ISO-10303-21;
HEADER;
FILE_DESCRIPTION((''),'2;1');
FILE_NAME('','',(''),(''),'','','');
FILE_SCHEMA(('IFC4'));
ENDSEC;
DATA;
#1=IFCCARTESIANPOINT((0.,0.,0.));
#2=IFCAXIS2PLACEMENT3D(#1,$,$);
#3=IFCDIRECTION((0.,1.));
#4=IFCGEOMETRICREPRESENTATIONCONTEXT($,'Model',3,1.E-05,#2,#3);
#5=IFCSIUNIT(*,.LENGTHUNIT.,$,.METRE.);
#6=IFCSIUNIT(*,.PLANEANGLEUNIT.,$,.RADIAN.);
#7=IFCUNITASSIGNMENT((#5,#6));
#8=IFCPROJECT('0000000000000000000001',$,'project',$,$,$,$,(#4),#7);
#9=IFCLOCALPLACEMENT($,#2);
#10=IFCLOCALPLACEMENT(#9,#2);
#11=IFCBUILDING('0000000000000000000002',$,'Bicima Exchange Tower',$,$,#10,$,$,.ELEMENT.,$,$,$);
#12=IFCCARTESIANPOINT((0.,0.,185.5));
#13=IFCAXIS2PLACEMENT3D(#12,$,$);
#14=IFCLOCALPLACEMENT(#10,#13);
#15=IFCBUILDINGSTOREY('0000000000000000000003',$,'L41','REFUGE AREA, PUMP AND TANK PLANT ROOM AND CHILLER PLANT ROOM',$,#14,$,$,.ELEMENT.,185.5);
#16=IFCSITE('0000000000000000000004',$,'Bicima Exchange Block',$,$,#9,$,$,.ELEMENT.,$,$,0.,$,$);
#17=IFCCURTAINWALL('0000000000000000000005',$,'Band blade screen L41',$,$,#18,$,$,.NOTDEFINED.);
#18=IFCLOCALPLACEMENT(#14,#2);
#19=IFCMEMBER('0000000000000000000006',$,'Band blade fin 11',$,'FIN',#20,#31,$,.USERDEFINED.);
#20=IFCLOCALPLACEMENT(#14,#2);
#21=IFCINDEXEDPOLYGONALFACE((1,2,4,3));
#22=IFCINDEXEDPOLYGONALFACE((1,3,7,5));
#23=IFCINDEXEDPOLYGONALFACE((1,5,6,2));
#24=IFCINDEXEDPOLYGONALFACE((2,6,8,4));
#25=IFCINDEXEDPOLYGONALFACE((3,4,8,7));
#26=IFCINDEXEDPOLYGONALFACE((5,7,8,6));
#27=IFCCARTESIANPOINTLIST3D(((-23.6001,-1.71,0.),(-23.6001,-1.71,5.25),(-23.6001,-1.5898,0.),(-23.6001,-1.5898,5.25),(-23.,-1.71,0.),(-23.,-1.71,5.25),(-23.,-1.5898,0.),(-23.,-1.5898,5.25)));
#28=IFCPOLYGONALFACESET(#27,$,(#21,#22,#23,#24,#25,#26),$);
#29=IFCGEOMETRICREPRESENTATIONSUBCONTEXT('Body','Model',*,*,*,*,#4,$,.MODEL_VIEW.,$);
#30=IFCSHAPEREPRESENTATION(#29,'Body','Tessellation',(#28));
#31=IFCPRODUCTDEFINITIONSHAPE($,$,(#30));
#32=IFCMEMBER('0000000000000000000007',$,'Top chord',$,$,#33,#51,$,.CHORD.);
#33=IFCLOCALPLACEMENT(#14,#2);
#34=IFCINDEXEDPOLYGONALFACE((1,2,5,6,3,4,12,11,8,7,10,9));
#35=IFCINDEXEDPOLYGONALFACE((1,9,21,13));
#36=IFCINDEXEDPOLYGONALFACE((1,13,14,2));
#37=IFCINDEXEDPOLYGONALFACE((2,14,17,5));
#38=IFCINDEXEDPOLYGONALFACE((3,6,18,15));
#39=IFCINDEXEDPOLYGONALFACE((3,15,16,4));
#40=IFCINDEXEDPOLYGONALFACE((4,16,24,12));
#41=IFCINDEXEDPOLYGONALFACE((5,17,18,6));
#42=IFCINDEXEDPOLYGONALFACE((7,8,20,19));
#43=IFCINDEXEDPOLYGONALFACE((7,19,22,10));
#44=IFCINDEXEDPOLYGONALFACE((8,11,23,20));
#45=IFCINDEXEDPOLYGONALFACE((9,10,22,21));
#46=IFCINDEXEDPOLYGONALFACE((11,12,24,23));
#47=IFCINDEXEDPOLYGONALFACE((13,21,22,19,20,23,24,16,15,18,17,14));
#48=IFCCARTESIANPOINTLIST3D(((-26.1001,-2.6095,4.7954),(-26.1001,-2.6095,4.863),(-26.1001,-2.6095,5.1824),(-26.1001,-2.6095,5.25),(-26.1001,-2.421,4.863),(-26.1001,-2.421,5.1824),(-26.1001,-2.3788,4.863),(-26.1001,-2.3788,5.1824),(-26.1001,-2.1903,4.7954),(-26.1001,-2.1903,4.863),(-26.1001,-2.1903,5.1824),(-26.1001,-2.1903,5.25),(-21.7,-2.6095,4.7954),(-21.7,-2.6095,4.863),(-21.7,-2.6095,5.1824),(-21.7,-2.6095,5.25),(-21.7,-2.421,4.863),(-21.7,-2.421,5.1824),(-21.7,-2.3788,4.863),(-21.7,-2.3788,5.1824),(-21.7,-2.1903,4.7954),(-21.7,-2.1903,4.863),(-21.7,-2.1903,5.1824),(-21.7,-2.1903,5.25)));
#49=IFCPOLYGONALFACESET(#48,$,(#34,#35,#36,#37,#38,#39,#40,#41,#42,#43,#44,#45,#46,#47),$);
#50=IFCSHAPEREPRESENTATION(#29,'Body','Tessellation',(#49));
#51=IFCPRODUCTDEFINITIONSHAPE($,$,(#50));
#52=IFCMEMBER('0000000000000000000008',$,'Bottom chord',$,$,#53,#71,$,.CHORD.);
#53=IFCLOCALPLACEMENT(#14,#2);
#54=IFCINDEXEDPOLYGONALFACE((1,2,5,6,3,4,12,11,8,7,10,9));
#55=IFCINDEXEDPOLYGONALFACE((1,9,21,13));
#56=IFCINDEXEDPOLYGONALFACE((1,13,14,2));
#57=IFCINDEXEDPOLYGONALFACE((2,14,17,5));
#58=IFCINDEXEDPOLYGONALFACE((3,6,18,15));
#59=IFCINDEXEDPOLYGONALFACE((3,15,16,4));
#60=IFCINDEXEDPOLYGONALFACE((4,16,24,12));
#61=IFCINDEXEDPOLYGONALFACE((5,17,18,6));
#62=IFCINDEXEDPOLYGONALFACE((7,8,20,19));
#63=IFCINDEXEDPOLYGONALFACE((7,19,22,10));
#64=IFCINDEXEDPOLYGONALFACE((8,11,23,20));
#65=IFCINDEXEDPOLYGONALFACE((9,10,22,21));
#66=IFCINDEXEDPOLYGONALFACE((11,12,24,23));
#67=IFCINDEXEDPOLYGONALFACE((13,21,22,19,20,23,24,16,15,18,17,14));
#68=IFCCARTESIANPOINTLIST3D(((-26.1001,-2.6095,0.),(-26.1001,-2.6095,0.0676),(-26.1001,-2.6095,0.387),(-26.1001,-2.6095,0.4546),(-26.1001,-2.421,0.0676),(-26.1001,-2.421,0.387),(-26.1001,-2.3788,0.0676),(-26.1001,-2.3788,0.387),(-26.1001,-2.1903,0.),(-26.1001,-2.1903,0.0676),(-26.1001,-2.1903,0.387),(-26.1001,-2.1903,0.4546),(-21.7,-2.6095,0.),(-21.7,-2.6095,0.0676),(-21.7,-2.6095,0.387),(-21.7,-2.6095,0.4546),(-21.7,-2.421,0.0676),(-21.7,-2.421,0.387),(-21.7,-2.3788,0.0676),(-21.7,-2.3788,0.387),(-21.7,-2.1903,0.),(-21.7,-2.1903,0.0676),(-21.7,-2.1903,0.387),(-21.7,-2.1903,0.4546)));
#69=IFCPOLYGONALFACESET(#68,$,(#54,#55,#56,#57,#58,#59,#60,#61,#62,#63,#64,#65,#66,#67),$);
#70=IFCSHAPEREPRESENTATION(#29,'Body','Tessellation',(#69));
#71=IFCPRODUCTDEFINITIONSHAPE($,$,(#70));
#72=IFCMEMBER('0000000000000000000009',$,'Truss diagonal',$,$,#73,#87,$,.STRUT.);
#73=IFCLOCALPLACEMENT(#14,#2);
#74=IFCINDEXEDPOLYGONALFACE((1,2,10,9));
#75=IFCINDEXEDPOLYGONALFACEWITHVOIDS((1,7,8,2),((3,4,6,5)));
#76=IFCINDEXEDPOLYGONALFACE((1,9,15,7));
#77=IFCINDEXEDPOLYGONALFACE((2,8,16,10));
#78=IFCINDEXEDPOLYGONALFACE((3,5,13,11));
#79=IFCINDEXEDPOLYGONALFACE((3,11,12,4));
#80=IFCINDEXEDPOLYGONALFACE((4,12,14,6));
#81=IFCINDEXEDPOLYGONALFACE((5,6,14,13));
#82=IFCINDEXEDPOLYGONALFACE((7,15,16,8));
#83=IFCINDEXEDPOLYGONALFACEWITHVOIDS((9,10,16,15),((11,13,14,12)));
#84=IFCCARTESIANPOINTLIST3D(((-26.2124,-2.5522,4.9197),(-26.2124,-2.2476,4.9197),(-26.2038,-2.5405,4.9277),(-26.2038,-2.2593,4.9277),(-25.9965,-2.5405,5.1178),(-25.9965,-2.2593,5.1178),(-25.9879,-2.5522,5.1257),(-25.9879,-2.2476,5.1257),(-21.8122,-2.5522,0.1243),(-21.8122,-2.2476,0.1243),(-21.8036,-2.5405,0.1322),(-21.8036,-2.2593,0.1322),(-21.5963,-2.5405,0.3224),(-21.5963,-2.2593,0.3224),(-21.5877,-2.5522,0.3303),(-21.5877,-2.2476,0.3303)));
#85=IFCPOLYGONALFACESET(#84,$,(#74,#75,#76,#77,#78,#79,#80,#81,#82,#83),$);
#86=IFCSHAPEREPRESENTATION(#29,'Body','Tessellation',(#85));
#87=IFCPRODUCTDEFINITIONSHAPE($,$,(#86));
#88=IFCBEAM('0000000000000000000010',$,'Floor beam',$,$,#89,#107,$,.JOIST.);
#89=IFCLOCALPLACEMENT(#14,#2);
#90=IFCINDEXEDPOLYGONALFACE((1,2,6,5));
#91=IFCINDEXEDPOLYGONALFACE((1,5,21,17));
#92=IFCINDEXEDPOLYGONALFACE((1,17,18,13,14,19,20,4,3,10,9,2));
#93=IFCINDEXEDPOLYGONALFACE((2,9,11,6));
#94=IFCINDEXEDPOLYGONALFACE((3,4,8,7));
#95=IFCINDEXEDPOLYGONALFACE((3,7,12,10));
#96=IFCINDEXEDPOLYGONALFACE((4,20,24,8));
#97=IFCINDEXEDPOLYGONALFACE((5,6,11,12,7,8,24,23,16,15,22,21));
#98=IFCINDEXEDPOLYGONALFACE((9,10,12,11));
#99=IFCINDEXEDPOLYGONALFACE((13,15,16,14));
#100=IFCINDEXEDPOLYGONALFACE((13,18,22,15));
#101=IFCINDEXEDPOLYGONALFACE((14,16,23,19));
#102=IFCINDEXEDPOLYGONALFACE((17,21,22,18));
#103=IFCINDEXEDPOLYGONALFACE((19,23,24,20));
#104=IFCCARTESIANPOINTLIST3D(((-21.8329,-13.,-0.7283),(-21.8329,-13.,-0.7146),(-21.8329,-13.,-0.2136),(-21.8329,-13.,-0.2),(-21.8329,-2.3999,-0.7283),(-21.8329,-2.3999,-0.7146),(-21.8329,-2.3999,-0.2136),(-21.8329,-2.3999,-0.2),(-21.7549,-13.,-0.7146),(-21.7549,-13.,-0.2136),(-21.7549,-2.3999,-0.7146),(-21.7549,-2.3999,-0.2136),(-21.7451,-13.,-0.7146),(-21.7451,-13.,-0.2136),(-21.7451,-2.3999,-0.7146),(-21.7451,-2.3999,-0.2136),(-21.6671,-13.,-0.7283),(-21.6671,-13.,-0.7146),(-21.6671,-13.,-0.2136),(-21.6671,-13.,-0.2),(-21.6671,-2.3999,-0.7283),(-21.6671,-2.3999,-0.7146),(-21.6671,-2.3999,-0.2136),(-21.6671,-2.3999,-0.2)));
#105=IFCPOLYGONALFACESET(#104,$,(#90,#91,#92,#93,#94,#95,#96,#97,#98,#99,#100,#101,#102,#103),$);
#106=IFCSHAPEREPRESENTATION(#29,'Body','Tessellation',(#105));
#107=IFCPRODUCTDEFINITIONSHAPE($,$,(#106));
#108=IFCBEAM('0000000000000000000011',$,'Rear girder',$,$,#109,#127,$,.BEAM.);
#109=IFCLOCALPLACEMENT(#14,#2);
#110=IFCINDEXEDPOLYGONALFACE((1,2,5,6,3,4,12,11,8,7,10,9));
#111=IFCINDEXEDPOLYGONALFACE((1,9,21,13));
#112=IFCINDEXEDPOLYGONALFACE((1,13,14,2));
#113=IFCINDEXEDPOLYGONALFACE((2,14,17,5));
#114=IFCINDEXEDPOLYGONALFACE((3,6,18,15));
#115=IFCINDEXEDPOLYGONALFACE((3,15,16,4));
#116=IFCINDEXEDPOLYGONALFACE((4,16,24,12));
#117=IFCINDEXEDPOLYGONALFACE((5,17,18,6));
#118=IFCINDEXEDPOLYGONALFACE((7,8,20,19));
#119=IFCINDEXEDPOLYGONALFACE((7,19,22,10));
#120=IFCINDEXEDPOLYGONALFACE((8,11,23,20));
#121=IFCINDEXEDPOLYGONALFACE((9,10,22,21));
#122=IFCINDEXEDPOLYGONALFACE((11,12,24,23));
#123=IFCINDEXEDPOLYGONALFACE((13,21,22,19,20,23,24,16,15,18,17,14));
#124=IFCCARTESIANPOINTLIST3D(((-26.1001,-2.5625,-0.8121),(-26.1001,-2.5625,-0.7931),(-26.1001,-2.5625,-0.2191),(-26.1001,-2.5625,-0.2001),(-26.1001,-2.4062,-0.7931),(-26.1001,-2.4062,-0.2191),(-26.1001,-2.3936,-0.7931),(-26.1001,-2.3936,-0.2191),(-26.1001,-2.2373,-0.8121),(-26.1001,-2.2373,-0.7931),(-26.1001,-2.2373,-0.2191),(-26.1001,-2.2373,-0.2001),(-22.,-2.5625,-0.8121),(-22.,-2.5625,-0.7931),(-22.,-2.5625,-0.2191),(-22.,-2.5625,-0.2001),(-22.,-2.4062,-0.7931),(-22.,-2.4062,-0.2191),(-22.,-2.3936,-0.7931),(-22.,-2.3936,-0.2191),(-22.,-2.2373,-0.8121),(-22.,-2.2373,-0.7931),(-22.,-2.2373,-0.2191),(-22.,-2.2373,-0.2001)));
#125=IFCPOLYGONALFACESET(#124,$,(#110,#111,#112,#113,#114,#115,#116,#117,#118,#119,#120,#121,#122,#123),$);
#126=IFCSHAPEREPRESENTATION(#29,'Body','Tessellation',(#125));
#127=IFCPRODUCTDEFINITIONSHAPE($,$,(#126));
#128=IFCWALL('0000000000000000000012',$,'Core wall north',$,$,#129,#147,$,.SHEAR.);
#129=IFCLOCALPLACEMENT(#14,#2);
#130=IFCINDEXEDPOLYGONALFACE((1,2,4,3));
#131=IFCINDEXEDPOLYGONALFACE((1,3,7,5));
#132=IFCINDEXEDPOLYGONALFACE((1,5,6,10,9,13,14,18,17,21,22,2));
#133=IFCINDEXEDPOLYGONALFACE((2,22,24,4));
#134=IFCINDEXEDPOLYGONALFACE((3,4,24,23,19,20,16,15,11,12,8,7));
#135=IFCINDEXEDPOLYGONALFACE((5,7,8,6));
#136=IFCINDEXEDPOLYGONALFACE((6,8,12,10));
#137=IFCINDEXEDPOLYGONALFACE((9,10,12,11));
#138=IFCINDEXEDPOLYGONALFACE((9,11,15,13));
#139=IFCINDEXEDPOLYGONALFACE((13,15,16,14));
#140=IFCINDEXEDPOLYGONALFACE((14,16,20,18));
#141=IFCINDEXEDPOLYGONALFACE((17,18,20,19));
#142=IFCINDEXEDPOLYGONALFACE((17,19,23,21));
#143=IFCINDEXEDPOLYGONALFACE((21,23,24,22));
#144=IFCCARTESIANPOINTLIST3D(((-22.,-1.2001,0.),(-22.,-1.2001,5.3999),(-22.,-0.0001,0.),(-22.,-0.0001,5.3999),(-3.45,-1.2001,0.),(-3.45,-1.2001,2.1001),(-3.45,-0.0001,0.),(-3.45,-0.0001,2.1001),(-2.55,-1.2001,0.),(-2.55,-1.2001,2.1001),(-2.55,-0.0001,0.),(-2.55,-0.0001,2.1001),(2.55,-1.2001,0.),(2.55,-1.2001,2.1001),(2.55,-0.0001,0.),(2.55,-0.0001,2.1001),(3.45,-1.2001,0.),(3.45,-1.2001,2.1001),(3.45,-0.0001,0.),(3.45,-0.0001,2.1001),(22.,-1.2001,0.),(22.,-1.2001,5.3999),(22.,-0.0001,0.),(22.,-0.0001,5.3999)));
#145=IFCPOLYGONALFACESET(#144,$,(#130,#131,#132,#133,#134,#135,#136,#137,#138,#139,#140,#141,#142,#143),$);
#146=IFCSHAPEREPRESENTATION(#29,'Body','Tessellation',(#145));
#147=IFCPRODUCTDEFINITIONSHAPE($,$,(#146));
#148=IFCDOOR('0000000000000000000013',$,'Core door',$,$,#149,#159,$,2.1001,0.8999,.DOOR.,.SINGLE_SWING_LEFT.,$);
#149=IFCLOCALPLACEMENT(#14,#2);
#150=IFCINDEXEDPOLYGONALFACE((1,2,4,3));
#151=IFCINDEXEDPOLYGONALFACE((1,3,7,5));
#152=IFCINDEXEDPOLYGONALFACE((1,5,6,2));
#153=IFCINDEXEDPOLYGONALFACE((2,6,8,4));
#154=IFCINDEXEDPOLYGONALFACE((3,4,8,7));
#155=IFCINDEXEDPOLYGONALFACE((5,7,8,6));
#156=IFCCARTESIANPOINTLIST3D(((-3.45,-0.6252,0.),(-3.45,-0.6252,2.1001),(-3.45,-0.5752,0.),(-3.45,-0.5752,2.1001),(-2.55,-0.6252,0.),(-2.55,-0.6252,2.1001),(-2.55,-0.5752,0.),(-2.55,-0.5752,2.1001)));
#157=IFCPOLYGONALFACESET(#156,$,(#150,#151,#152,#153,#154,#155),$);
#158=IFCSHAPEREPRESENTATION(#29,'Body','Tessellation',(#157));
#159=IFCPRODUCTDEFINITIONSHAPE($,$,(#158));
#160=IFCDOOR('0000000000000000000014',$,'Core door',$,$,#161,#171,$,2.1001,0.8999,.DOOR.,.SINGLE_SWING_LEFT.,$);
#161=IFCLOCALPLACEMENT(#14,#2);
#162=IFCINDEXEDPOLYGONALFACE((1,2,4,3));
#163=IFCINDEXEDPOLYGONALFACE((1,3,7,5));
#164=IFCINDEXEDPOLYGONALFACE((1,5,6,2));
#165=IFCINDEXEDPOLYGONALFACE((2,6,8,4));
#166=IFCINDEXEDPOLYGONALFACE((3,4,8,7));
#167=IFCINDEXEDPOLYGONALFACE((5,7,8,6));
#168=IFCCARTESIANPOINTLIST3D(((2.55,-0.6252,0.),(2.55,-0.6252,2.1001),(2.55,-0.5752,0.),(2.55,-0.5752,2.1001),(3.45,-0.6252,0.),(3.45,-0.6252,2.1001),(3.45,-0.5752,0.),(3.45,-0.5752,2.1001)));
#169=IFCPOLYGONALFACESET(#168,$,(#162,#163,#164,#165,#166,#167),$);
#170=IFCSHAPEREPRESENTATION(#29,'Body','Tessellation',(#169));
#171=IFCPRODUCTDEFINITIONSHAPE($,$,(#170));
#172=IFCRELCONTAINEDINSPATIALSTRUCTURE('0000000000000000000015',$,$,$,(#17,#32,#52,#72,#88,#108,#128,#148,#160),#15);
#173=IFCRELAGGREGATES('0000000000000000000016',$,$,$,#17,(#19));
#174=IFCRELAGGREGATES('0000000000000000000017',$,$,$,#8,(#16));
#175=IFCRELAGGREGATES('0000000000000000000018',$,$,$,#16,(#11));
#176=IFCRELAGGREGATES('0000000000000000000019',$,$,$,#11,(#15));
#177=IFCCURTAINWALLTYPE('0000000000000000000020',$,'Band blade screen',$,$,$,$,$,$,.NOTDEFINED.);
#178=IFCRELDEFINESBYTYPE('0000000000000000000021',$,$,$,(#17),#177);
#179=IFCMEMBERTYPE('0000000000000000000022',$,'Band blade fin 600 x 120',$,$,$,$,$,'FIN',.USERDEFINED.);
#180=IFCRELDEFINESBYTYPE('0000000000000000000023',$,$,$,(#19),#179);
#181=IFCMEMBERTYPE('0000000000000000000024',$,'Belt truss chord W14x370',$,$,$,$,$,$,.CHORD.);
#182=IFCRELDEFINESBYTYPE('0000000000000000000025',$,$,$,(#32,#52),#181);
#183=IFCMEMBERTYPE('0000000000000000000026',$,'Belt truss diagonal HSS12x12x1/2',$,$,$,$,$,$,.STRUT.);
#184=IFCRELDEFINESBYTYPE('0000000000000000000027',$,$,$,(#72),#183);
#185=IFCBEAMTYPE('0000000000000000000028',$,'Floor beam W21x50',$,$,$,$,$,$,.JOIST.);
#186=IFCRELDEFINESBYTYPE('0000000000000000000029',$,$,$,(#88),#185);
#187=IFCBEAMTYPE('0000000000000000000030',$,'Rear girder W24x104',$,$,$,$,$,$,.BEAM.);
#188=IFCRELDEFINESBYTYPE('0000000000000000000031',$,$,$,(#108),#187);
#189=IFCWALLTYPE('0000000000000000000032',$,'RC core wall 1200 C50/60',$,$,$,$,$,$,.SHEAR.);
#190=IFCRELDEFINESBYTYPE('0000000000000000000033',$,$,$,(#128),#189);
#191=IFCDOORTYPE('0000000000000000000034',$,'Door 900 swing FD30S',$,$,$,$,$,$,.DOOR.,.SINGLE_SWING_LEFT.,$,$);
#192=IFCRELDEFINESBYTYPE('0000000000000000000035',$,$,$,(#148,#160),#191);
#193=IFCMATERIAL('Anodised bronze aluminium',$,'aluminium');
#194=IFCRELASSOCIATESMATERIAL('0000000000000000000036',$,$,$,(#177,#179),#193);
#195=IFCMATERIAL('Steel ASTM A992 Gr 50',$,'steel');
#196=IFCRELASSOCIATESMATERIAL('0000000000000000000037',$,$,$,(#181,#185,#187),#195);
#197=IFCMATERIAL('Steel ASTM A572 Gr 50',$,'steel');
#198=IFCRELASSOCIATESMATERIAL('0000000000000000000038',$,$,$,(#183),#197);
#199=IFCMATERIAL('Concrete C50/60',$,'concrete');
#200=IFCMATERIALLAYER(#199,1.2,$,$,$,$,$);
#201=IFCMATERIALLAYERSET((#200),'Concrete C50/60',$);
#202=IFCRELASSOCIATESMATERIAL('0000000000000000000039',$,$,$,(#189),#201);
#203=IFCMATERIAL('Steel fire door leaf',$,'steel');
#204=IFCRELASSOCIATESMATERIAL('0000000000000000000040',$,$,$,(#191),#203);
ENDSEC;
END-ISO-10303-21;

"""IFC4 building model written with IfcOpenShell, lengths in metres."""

from ifc_helpers import new_model, si_unit, direction, frame, frame_2d, origin, origin_2d, place, context, subcontext, project, spatial, rectangle, hollow_rectangle, i_section, extrude, material, layer, layer_set, material_profile, profile_set, type_object, element, fill, aggregate, save


model = new_model("IFC4")

# Units and contexts
model_context = context("Model", 3, precision=1e-05, world=origin(), true_north=direction((0.0, 1.0)))
body_context = subcontext(model_context, "Body", "Model", "MODEL_VIEW")
ifc_project = project(units=[si_unit("LENGTHUNIT", "METRE"), si_unit("PLANEANGLEUNIT", "RADIAN")], contexts=[model_context])

# Site, building, storey
site_placement = place(None, origin())
site = spatial("IfcSite", under=ifc_project, at=site_placement, Name="Bicima Exchange Block", CompositionType="ELEMENT", RefElevation=0.0)
building_placement = place(site_placement, origin())
building = spatial("IfcBuilding", under=site, at=building_placement, Name="Bicima Exchange Tower", CompositionType="ELEMENT")
storey_placement = place(building_placement, frame((0.0, 0.0, 185.5)))
storey = spatial("IfcBuildingStorey", under=building, at=storey_placement, Name="L41", Description="REFUGE AREA, PUMP AND TANK PLANT ROOM AND CHILLER PLANT ROOM", CompositionType="ELEMENT", Elevation=185.5)

# Curtain wall, member
ifc_material_1 = material(Name="Anodised bronze aluminium", Category="aluminium")
curtain_wall_type = type_object("IfcCurtainWallType", Name="Band blade screen", PredefinedType="NOTDEFINED", material=ifc_material_1)
curtain_wall_placement = place(storey_placement, origin())
curtain_wall = element("IfcCurtainWall", 1, at=curtain_wall_placement, inside=storey, type_object=curtain_wall_type, Name="Band blade screen L41", PredefinedType="NOTDEFINED")
ifc_material_profile_1 = material_profile(ifc_material_1, rectangle(XDim=0.6001, YDim=0.1201, at=origin_2d()))
ifc_profile_set_1 = profile_set([ifc_material_profile_1], Name="Anodised bronze aluminium")
member_type_1 = type_object("IfcMemberType", Name="Band blade fin 600 x 120", ElementType="FIN", PredefinedType="USERDEFINED", material=ifc_profile_set_1)
member_1_placement = place(storey_placement, frame((-23.3, -1.6499, 0.0), z_axis=(0.0, 0.0, 1.0), x_axis=(1.0, 0.0, 0.0)))
member_1 = element("IfcMember", 2, at=member_1_placement, type_object=member_type_1, Name="Band blade fin 11", ObjectType="FIN", PredefinedType="USERDEFINED", context=body_context, shape_type="SweptSolid", body=[
    extrude(rectangle(XDim=0.6001, YDim=0.1201, at=origin_2d()), origin(), (0.0, 0.0, 1.0), 5.25),
])
aggregate(curtain_wall, [member_1])

# Members
ifc_material_2 = material(Name="Steel ASTM A992 Gr 50", Category="steel")
ifc_material_profile_2 = material_profile(ifc_material_2, i_section(OverallWidth=0.4192, OverallDepth=0.4546, WebThickness=0.0422, FlangeThickness=0.0676, at=origin_2d()))
ifc_profile_set_2 = profile_set([ifc_material_profile_2], Name="Steel ASTM A992 Gr 50")
member_type_2 = type_object("IfcMemberType", Name="Belt truss chord W14x370", PredefinedType="CHORD", material=ifc_profile_set_2)
for number, where, z_axis, x_axis, name in (
    (3, (-21.7, -2.3999, 5.0227), (-1.0, 0.0, 0.0), (0.0, -1.0, 0.0), "Top chord"),
    (4, (-21.7, -2.3999, 0.2273), (-1.0, 0.0, 0.0), (0.0, -1.0, 0.0), "Bottom chord"),
):
    element("IfcMember", number, at=place(storey_placement, frame(where, z_axis=z_axis, x_axis=x_axis)), inside=storey, type_object=member_type_2, Name=name, PredefinedType="CHORD", context=body_context, shape_type="SweptSolid", body=[
        extrude(i_section(OverallWidth=0.4192, OverallDepth=0.4546, WebThickness=0.0422, FlangeThickness=0.0676, at=origin_2d()), origin(), (0.0, 0.0, 1.0), 4.4001),
    ])
ifc_material_3 = material(Name="Steel ASTM A572 Gr 50", Category="steel")
ifc_material_profile_3 = material_profile(ifc_material_3, hollow_rectangle(XDim=0.3047, YDim=0.3047, WallThickness=0.0117, at=origin_2d()))
ifc_profile_set_3 = profile_set([ifc_material_profile_3], Name="Steel ASTM A572 Gr 50")
member_type_3 = type_object("IfcMemberType", Name="Belt truss diagonal HSS12x12x1/2", PredefinedType="STRUT", material=ifc_profile_set_3)
member_2_placement = place(storey_placement, frame((-21.7, -2.3999, 0.2273), z_axis=(-0.676088, 0.0, 0.736821), x_axis=(0.0, -1.0, 0.0)))
element("IfcMember", 5, at=member_2_placement, inside=storey, type_object=member_type_3, Name="Truss diagonal", PredefinedType="STRUT", context=body_context, shape_type="SweptSolid", body=[
    extrude(hollow_rectangle(XDim=0.3047, YDim=0.3047, WallThickness=0.0117, at=origin_2d()), origin(), (0.0, 0.0, 1.0), 6.5083),
])

# Beams
ifc_material_profile_4 = material_profile(ifc_material_2, i_section(OverallWidth=0.1658, OverallDepth=0.5283, WebThickness=0.0098, FlangeThickness=0.0137, at=origin_2d()))
ifc_profile_set_4 = profile_set([ifc_material_profile_4], Name="Steel ASTM A992 Gr 50")
beam_type_1 = type_object("IfcBeamType", Name="Floor beam W21x50", PredefinedType="JOIST", material=ifc_profile_set_4)
beam_1_placement = place(storey_placement, frame((-21.75, -2.3999, -0.4641), z_axis=(0.0, -1.0, 0.0), x_axis=(1.0, 0.0, 0.0)))
element("IfcBeam", 6, at=beam_1_placement, inside=storey, type_object=beam_type_1, Name="Floor beam", PredefinedType="JOIST", context=body_context, shape_type="SweptSolid", body=[
    extrude(i_section(OverallWidth=0.1658, OverallDepth=0.5283, WebThickness=0.0098, FlangeThickness=0.0137, at=origin_2d()), origin(), (0.0, 0.0, 1.0), 10.6001),
])
ifc_material_profile_5 = material_profile(ifc_material_2, i_section(OverallWidth=0.3252, OverallDepth=0.6121, WebThickness=0.0127, FlangeThickness=0.019, at=origin_2d()))
ifc_profile_set_5 = profile_set([ifc_material_profile_5], Name="Steel ASTM A992 Gr 50")
beam_type_2 = type_object("IfcBeamType", Name="Rear girder W24x104", PredefinedType="BEAM", material=ifc_profile_set_5)
beam_2_placement = place(storey_placement, frame((-22.0, -2.3999, -0.5061), z_axis=(-1.0, 0.0, 0.0), x_axis=(0.0, -1.0, 0.0)))
element("IfcBeam", 7, at=beam_2_placement, inside=storey, type_object=beam_type_2, Name="Rear girder", PredefinedType="BEAM", context=body_context, shape_type="SweptSolid", body=[
    extrude(i_section(OverallWidth=0.3252, OverallDepth=0.6121, WebThickness=0.0127, FlangeThickness=0.019, at=origin_2d()), origin(), (0.0, 0.0, 1.0), 4.1001),
])

# Wall, openings, doors
ifc_material_4 = material(Name="Concrete C50/60", Category="concrete")
ifc_layer_1 = layer(ifc_material_4, 1.2)
ifc_layer_set_1 = layer_set([ifc_layer_1], Name="Concrete C50/60")
wall_type_1 = type_object("IfcWallType", Name="RC core wall 1200 C50/60", PredefinedType="SHEAR", material=ifc_layer_set_1)
wall_1_placement = place(storey_placement, frame((-22.0, -0.6001, 0.0), z_axis=(0.0, 0.0, 1.0), x_axis=(1.0, 0.0, 0.0)))
wall_1 = element("IfcWall", 8, at=wall_1_placement, inside=storey, type_object=wall_type_1, Name="Core wall north", PredefinedType="SHEAR", context=body_context, shape_type="SweptSolid", body=[
    extrude(rectangle(XDim=44.0, YDim=1.2, at=frame_2d((22.0, 0.0))), origin(), (0.0, 0.0, 1.0), 5.3999),
])
opening_1_placement = place(wall_1_placement, frame((18.55, 0.0, 0.0)))
opening_1 = element("IfcOpeningElement", 9, at=opening_1_placement, cuts=wall_1, PredefinedType="OPENING", context=body_context, shape_type="SweptSolid", body=[
    extrude(rectangle(XDim=0.8999, YDim=2.1001, at=frame_2d((0.45, 1.05))), frame((0.0, 0.6118, 0.0), z_axis=(0.0, -1.0, 0.0), x_axis=(1.0, 0.0, 0.0)), (0.0, 0.0, 1.0), 1.2239),
])
opening_2_placement = place(wall_1_placement, frame((24.55, 0.0, 0.0)))
opening_2 = element("IfcOpeningElement", 10, at=opening_2_placement, cuts=wall_1, PredefinedType="OPENING", context=body_context, shape_type="SweptSolid", body=[
    extrude(rectangle(XDim=0.8999, YDim=2.1001, at=frame_2d((0.45, 1.05))), frame((0.0, 0.6118, 0.0), z_axis=(0.0, -1.0, 0.0), x_axis=(1.0, 0.0, 0.0)), (0.0, 0.0, 1.0), 1.2239),
])
ifc_material_5 = material(Name="Steel fire door leaf", Category="steel")
door_type_1 = type_object("IfcDoorType", Name="Door 900 swing FD30S", OperationType="SINGLE_SWING_LEFT", PredefinedType="DOOR", material=ifc_material_5)
door_1_placement = place(opening_1_placement, origin())
door_1 = element("IfcDoor", 11, at=door_1_placement, inside=storey, type_object=door_type_1, Name="Core door", OperationType="SINGLE_SWING_LEFT", OverallHeight=2.1001, OverallWidth=0.8999, PredefinedType="DOOR", context=body_context, shape_type="SweptSolid", body=[
    extrude(rectangle(XDim=0.8999, YDim=2.1001, at=frame_2d((0.45, 1.05))), frame((0.0, 0.0249, 0.0), z_axis=(0.0, -1.0, 0.0), x_axis=(1.0, 0.0, 0.0)), (0.0, 0.0, 1.0), 0.05),
])
fill(opening_1, door_1)
door_2_placement = place(opening_2_placement, origin())
door_2 = element("IfcDoor", 12, at=door_2_placement, inside=storey, type_object=door_type_1, Name="Core door", OperationType="SINGLE_SWING_LEFT", OverallHeight=2.1001, OverallWidth=0.8999, PredefinedType="DOOR", context=body_context, shape_type="SweptSolid", body=[
    extrude(rectangle(XDim=0.8999, YDim=2.1001, at=frame_2d((0.45, 1.05))), frame((0.0, 0.0249, 0.0), z_axis=(0.0, -1.0, 0.0), x_axis=(1.0, 0.0, 0.0)), (0.0, 0.0, 1.0), 0.05),
])
fill(opening_2, door_2)

save(model, "model.ifc")
